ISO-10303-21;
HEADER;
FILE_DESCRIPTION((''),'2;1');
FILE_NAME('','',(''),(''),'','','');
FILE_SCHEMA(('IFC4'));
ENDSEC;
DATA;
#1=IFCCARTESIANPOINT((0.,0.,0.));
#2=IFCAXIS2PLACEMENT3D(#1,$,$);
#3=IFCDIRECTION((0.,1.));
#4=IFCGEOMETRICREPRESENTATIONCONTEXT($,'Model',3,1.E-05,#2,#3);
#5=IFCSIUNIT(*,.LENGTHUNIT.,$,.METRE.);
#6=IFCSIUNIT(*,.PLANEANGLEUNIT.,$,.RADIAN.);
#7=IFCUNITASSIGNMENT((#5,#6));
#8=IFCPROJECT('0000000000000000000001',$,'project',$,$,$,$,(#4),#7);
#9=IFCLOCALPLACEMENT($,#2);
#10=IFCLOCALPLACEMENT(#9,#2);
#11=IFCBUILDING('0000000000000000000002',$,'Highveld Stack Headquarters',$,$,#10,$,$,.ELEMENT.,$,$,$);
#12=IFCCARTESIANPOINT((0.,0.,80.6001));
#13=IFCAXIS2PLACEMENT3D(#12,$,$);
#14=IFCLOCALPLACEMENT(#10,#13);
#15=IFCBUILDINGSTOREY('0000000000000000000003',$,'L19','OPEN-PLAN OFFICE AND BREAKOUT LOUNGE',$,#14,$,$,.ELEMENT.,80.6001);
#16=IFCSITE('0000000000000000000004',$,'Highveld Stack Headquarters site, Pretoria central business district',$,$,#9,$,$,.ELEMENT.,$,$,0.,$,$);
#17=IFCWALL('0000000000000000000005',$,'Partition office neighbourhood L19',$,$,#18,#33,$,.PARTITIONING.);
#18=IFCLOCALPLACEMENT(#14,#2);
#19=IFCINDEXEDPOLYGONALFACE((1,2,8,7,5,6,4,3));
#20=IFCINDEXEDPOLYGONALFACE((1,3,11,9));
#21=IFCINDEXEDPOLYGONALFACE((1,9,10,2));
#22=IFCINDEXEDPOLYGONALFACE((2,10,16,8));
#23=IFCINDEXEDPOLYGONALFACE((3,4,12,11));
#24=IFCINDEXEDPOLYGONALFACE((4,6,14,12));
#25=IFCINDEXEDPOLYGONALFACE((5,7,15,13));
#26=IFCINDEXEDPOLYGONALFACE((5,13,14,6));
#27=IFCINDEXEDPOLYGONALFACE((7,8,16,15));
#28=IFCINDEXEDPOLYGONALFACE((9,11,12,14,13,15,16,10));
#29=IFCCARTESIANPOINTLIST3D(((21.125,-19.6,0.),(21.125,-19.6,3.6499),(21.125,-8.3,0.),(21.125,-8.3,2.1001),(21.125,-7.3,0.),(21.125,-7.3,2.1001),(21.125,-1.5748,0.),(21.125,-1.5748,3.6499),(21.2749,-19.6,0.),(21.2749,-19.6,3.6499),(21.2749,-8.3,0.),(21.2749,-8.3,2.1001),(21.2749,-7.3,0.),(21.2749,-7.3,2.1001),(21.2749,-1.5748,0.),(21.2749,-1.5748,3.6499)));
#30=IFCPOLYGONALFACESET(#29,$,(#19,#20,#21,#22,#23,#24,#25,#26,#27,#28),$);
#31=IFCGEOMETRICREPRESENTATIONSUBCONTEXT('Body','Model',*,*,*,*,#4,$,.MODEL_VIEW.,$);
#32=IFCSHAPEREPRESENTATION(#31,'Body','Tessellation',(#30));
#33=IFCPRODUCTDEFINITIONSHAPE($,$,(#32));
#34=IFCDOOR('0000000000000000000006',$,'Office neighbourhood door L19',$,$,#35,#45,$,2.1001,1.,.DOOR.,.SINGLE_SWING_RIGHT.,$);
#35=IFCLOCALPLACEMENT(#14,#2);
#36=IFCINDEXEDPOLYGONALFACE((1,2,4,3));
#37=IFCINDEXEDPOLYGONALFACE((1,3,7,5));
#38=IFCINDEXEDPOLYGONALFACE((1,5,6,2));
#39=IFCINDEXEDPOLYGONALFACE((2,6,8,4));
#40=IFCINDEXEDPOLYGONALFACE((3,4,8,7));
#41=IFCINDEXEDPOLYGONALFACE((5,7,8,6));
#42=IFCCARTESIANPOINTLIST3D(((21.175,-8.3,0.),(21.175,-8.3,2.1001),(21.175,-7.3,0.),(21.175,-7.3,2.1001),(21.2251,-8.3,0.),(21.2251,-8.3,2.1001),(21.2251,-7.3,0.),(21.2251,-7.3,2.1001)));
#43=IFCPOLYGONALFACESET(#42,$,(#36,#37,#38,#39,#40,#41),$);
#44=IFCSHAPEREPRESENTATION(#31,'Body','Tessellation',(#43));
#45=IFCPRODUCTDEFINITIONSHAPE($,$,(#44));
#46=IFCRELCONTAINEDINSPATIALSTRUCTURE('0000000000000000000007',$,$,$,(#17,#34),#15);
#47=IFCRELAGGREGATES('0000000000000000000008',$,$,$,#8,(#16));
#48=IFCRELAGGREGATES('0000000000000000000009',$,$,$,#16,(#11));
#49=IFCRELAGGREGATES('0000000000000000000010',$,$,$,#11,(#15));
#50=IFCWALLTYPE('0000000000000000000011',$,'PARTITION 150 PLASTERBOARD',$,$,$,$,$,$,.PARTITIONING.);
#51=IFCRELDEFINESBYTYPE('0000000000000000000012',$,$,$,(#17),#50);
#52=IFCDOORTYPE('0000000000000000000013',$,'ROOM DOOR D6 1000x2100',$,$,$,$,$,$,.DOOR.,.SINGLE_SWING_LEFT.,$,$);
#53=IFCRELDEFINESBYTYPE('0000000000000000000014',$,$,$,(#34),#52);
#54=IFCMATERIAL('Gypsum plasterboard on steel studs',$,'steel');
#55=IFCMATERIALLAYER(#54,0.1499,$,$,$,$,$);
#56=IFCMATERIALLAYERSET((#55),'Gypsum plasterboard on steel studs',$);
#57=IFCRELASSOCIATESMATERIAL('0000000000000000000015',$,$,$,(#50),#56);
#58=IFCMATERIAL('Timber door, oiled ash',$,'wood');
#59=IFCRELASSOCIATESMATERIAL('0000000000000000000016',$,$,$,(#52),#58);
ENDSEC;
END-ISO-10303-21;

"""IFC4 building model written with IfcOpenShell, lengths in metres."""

from ifc_helpers import new_model, si_unit, direction, frame, frame_2d, origin, place, context, subcontext, project, spatial, rectangle, extrude, material, layer, layer_set, type_object, element, fill, save


model = new_model("IFC4")

# Units and contexts
model_context = context("Model", 3, precision=1e-05, world=origin(), true_north=direction((0.0, 1.0)))
body_context = subcontext(model_context, "Body", "Model", "MODEL_VIEW")
ifc_project = project(units=[si_unit("LENGTHUNIT", "METRE"), si_unit("PLANEANGLEUNIT", "RADIAN")], contexts=[model_context])

# Site, building, storey
site_placement = place(None, origin())
site = spatial("IfcSite", under=ifc_project, at=site_placement, Name="Highveld Stack Headquarters site, Pretoria central business district", CompositionType="ELEMENT", RefElevation=0.0)
building_placement = place(site_placement, origin())
building = spatial("IfcBuilding", under=site, at=building_placement, Name="Highveld Stack Headquarters", CompositionType="ELEMENT")
storey_placement = place(building_placement, frame((0.0, 0.0, 80.6001)))
storey = spatial("IfcBuildingStorey", under=building, at=storey_placement, Name="L19", Description="OPEN-PLAN OFFICE AND BREAKOUT LOUNGE", CompositionType="ELEMENT", Elevation=80.6001)

# Shared definitions
ifc_material_1 = material(Name="Gypsum plasterboard on steel studs", Category="steel")
ifc_layer_1 = layer(ifc_material_1, 0.1499)
ifc_layer_set_1 = layer_set([ifc_layer_1], Name="Gypsum plasterboard on steel studs")
wall_type = type_object("IfcWallType", Name="PARTITION 150 PLASTERBOARD", PredefinedType="PARTITIONING", material=ifc_layer_set_1)

# Wall, opening, door
ifc_material_2 = material(Name="Timber door, oiled ash", Category="wood")
door_type = type_object("IfcDoorType", Name="ROOM DOOR D6 1000x2100", OperationType="SINGLE_SWING_LEFT", PredefinedType="DOOR", material=ifc_material_2)
wall_1_placement = place(storey_placement, frame((21.2, -19.6001, 0.0), z_axis=(0.0, 0.0, 1.0), x_axis=(0.0, 1.0, 0.0)))
wall_1 = element("IfcWall", 1, at=wall_1_placement, inside=storey, type_object=wall_type, Name="Partition office neighbourhood L19", PredefinedType="PARTITIONING", context=body_context, shape_type="SweptSolid", body=[
    extrude(rectangle(XDim=18.0251, YDim=0.1499, at=frame_2d((9.0127, 0.0))), origin(), (0.0, 0.0, 1.0), 3.6499),
])
opening_1_placement = place(wall_1_placement, frame((11.3, 0.0, 0.0)))
opening_1 = element("IfcOpeningElement", 2, at=opening_1_placement, cuts=wall_1, PredefinedType="OPENING", context=body_context, shape_type="SweptSolid", body=[
    extrude(rectangle(XDim=1.0, YDim=2.1001, at=frame_2d((0.5, 1.05))), frame((0.0, 0.085, 0.0), z_axis=(0.0, -1.0, 0.0), x_axis=(1.0, 0.0, 0.0)), (0.0, 0.0, 1.0), 0.1699),
])
door_1_placement = place(opening_1_placement, origin())
door_1 = element("IfcDoor", 3, at=door_1_placement, inside=storey, type_object=door_type, Name="Office neighbourhood door L19", OperationType="SINGLE_SWING_RIGHT", OverallHeight=2.1001, OverallWidth=1.0, PredefinedType="DOOR", context=body_context, shape_type="SweptSolid", body=[
    extrude(rectangle(XDim=1.0, YDim=2.1001, at=frame_2d((0.5, 1.05))), frame((0.0, 0.0249, 0.0), z_axis=(0.0, -1.0, 0.0), x_axis=(1.0, 0.0, 0.0)), (0.0, 0.0, 1.0), 0.05),
])
fill(opening_1, door_1)

save(model, "model.ifc")
